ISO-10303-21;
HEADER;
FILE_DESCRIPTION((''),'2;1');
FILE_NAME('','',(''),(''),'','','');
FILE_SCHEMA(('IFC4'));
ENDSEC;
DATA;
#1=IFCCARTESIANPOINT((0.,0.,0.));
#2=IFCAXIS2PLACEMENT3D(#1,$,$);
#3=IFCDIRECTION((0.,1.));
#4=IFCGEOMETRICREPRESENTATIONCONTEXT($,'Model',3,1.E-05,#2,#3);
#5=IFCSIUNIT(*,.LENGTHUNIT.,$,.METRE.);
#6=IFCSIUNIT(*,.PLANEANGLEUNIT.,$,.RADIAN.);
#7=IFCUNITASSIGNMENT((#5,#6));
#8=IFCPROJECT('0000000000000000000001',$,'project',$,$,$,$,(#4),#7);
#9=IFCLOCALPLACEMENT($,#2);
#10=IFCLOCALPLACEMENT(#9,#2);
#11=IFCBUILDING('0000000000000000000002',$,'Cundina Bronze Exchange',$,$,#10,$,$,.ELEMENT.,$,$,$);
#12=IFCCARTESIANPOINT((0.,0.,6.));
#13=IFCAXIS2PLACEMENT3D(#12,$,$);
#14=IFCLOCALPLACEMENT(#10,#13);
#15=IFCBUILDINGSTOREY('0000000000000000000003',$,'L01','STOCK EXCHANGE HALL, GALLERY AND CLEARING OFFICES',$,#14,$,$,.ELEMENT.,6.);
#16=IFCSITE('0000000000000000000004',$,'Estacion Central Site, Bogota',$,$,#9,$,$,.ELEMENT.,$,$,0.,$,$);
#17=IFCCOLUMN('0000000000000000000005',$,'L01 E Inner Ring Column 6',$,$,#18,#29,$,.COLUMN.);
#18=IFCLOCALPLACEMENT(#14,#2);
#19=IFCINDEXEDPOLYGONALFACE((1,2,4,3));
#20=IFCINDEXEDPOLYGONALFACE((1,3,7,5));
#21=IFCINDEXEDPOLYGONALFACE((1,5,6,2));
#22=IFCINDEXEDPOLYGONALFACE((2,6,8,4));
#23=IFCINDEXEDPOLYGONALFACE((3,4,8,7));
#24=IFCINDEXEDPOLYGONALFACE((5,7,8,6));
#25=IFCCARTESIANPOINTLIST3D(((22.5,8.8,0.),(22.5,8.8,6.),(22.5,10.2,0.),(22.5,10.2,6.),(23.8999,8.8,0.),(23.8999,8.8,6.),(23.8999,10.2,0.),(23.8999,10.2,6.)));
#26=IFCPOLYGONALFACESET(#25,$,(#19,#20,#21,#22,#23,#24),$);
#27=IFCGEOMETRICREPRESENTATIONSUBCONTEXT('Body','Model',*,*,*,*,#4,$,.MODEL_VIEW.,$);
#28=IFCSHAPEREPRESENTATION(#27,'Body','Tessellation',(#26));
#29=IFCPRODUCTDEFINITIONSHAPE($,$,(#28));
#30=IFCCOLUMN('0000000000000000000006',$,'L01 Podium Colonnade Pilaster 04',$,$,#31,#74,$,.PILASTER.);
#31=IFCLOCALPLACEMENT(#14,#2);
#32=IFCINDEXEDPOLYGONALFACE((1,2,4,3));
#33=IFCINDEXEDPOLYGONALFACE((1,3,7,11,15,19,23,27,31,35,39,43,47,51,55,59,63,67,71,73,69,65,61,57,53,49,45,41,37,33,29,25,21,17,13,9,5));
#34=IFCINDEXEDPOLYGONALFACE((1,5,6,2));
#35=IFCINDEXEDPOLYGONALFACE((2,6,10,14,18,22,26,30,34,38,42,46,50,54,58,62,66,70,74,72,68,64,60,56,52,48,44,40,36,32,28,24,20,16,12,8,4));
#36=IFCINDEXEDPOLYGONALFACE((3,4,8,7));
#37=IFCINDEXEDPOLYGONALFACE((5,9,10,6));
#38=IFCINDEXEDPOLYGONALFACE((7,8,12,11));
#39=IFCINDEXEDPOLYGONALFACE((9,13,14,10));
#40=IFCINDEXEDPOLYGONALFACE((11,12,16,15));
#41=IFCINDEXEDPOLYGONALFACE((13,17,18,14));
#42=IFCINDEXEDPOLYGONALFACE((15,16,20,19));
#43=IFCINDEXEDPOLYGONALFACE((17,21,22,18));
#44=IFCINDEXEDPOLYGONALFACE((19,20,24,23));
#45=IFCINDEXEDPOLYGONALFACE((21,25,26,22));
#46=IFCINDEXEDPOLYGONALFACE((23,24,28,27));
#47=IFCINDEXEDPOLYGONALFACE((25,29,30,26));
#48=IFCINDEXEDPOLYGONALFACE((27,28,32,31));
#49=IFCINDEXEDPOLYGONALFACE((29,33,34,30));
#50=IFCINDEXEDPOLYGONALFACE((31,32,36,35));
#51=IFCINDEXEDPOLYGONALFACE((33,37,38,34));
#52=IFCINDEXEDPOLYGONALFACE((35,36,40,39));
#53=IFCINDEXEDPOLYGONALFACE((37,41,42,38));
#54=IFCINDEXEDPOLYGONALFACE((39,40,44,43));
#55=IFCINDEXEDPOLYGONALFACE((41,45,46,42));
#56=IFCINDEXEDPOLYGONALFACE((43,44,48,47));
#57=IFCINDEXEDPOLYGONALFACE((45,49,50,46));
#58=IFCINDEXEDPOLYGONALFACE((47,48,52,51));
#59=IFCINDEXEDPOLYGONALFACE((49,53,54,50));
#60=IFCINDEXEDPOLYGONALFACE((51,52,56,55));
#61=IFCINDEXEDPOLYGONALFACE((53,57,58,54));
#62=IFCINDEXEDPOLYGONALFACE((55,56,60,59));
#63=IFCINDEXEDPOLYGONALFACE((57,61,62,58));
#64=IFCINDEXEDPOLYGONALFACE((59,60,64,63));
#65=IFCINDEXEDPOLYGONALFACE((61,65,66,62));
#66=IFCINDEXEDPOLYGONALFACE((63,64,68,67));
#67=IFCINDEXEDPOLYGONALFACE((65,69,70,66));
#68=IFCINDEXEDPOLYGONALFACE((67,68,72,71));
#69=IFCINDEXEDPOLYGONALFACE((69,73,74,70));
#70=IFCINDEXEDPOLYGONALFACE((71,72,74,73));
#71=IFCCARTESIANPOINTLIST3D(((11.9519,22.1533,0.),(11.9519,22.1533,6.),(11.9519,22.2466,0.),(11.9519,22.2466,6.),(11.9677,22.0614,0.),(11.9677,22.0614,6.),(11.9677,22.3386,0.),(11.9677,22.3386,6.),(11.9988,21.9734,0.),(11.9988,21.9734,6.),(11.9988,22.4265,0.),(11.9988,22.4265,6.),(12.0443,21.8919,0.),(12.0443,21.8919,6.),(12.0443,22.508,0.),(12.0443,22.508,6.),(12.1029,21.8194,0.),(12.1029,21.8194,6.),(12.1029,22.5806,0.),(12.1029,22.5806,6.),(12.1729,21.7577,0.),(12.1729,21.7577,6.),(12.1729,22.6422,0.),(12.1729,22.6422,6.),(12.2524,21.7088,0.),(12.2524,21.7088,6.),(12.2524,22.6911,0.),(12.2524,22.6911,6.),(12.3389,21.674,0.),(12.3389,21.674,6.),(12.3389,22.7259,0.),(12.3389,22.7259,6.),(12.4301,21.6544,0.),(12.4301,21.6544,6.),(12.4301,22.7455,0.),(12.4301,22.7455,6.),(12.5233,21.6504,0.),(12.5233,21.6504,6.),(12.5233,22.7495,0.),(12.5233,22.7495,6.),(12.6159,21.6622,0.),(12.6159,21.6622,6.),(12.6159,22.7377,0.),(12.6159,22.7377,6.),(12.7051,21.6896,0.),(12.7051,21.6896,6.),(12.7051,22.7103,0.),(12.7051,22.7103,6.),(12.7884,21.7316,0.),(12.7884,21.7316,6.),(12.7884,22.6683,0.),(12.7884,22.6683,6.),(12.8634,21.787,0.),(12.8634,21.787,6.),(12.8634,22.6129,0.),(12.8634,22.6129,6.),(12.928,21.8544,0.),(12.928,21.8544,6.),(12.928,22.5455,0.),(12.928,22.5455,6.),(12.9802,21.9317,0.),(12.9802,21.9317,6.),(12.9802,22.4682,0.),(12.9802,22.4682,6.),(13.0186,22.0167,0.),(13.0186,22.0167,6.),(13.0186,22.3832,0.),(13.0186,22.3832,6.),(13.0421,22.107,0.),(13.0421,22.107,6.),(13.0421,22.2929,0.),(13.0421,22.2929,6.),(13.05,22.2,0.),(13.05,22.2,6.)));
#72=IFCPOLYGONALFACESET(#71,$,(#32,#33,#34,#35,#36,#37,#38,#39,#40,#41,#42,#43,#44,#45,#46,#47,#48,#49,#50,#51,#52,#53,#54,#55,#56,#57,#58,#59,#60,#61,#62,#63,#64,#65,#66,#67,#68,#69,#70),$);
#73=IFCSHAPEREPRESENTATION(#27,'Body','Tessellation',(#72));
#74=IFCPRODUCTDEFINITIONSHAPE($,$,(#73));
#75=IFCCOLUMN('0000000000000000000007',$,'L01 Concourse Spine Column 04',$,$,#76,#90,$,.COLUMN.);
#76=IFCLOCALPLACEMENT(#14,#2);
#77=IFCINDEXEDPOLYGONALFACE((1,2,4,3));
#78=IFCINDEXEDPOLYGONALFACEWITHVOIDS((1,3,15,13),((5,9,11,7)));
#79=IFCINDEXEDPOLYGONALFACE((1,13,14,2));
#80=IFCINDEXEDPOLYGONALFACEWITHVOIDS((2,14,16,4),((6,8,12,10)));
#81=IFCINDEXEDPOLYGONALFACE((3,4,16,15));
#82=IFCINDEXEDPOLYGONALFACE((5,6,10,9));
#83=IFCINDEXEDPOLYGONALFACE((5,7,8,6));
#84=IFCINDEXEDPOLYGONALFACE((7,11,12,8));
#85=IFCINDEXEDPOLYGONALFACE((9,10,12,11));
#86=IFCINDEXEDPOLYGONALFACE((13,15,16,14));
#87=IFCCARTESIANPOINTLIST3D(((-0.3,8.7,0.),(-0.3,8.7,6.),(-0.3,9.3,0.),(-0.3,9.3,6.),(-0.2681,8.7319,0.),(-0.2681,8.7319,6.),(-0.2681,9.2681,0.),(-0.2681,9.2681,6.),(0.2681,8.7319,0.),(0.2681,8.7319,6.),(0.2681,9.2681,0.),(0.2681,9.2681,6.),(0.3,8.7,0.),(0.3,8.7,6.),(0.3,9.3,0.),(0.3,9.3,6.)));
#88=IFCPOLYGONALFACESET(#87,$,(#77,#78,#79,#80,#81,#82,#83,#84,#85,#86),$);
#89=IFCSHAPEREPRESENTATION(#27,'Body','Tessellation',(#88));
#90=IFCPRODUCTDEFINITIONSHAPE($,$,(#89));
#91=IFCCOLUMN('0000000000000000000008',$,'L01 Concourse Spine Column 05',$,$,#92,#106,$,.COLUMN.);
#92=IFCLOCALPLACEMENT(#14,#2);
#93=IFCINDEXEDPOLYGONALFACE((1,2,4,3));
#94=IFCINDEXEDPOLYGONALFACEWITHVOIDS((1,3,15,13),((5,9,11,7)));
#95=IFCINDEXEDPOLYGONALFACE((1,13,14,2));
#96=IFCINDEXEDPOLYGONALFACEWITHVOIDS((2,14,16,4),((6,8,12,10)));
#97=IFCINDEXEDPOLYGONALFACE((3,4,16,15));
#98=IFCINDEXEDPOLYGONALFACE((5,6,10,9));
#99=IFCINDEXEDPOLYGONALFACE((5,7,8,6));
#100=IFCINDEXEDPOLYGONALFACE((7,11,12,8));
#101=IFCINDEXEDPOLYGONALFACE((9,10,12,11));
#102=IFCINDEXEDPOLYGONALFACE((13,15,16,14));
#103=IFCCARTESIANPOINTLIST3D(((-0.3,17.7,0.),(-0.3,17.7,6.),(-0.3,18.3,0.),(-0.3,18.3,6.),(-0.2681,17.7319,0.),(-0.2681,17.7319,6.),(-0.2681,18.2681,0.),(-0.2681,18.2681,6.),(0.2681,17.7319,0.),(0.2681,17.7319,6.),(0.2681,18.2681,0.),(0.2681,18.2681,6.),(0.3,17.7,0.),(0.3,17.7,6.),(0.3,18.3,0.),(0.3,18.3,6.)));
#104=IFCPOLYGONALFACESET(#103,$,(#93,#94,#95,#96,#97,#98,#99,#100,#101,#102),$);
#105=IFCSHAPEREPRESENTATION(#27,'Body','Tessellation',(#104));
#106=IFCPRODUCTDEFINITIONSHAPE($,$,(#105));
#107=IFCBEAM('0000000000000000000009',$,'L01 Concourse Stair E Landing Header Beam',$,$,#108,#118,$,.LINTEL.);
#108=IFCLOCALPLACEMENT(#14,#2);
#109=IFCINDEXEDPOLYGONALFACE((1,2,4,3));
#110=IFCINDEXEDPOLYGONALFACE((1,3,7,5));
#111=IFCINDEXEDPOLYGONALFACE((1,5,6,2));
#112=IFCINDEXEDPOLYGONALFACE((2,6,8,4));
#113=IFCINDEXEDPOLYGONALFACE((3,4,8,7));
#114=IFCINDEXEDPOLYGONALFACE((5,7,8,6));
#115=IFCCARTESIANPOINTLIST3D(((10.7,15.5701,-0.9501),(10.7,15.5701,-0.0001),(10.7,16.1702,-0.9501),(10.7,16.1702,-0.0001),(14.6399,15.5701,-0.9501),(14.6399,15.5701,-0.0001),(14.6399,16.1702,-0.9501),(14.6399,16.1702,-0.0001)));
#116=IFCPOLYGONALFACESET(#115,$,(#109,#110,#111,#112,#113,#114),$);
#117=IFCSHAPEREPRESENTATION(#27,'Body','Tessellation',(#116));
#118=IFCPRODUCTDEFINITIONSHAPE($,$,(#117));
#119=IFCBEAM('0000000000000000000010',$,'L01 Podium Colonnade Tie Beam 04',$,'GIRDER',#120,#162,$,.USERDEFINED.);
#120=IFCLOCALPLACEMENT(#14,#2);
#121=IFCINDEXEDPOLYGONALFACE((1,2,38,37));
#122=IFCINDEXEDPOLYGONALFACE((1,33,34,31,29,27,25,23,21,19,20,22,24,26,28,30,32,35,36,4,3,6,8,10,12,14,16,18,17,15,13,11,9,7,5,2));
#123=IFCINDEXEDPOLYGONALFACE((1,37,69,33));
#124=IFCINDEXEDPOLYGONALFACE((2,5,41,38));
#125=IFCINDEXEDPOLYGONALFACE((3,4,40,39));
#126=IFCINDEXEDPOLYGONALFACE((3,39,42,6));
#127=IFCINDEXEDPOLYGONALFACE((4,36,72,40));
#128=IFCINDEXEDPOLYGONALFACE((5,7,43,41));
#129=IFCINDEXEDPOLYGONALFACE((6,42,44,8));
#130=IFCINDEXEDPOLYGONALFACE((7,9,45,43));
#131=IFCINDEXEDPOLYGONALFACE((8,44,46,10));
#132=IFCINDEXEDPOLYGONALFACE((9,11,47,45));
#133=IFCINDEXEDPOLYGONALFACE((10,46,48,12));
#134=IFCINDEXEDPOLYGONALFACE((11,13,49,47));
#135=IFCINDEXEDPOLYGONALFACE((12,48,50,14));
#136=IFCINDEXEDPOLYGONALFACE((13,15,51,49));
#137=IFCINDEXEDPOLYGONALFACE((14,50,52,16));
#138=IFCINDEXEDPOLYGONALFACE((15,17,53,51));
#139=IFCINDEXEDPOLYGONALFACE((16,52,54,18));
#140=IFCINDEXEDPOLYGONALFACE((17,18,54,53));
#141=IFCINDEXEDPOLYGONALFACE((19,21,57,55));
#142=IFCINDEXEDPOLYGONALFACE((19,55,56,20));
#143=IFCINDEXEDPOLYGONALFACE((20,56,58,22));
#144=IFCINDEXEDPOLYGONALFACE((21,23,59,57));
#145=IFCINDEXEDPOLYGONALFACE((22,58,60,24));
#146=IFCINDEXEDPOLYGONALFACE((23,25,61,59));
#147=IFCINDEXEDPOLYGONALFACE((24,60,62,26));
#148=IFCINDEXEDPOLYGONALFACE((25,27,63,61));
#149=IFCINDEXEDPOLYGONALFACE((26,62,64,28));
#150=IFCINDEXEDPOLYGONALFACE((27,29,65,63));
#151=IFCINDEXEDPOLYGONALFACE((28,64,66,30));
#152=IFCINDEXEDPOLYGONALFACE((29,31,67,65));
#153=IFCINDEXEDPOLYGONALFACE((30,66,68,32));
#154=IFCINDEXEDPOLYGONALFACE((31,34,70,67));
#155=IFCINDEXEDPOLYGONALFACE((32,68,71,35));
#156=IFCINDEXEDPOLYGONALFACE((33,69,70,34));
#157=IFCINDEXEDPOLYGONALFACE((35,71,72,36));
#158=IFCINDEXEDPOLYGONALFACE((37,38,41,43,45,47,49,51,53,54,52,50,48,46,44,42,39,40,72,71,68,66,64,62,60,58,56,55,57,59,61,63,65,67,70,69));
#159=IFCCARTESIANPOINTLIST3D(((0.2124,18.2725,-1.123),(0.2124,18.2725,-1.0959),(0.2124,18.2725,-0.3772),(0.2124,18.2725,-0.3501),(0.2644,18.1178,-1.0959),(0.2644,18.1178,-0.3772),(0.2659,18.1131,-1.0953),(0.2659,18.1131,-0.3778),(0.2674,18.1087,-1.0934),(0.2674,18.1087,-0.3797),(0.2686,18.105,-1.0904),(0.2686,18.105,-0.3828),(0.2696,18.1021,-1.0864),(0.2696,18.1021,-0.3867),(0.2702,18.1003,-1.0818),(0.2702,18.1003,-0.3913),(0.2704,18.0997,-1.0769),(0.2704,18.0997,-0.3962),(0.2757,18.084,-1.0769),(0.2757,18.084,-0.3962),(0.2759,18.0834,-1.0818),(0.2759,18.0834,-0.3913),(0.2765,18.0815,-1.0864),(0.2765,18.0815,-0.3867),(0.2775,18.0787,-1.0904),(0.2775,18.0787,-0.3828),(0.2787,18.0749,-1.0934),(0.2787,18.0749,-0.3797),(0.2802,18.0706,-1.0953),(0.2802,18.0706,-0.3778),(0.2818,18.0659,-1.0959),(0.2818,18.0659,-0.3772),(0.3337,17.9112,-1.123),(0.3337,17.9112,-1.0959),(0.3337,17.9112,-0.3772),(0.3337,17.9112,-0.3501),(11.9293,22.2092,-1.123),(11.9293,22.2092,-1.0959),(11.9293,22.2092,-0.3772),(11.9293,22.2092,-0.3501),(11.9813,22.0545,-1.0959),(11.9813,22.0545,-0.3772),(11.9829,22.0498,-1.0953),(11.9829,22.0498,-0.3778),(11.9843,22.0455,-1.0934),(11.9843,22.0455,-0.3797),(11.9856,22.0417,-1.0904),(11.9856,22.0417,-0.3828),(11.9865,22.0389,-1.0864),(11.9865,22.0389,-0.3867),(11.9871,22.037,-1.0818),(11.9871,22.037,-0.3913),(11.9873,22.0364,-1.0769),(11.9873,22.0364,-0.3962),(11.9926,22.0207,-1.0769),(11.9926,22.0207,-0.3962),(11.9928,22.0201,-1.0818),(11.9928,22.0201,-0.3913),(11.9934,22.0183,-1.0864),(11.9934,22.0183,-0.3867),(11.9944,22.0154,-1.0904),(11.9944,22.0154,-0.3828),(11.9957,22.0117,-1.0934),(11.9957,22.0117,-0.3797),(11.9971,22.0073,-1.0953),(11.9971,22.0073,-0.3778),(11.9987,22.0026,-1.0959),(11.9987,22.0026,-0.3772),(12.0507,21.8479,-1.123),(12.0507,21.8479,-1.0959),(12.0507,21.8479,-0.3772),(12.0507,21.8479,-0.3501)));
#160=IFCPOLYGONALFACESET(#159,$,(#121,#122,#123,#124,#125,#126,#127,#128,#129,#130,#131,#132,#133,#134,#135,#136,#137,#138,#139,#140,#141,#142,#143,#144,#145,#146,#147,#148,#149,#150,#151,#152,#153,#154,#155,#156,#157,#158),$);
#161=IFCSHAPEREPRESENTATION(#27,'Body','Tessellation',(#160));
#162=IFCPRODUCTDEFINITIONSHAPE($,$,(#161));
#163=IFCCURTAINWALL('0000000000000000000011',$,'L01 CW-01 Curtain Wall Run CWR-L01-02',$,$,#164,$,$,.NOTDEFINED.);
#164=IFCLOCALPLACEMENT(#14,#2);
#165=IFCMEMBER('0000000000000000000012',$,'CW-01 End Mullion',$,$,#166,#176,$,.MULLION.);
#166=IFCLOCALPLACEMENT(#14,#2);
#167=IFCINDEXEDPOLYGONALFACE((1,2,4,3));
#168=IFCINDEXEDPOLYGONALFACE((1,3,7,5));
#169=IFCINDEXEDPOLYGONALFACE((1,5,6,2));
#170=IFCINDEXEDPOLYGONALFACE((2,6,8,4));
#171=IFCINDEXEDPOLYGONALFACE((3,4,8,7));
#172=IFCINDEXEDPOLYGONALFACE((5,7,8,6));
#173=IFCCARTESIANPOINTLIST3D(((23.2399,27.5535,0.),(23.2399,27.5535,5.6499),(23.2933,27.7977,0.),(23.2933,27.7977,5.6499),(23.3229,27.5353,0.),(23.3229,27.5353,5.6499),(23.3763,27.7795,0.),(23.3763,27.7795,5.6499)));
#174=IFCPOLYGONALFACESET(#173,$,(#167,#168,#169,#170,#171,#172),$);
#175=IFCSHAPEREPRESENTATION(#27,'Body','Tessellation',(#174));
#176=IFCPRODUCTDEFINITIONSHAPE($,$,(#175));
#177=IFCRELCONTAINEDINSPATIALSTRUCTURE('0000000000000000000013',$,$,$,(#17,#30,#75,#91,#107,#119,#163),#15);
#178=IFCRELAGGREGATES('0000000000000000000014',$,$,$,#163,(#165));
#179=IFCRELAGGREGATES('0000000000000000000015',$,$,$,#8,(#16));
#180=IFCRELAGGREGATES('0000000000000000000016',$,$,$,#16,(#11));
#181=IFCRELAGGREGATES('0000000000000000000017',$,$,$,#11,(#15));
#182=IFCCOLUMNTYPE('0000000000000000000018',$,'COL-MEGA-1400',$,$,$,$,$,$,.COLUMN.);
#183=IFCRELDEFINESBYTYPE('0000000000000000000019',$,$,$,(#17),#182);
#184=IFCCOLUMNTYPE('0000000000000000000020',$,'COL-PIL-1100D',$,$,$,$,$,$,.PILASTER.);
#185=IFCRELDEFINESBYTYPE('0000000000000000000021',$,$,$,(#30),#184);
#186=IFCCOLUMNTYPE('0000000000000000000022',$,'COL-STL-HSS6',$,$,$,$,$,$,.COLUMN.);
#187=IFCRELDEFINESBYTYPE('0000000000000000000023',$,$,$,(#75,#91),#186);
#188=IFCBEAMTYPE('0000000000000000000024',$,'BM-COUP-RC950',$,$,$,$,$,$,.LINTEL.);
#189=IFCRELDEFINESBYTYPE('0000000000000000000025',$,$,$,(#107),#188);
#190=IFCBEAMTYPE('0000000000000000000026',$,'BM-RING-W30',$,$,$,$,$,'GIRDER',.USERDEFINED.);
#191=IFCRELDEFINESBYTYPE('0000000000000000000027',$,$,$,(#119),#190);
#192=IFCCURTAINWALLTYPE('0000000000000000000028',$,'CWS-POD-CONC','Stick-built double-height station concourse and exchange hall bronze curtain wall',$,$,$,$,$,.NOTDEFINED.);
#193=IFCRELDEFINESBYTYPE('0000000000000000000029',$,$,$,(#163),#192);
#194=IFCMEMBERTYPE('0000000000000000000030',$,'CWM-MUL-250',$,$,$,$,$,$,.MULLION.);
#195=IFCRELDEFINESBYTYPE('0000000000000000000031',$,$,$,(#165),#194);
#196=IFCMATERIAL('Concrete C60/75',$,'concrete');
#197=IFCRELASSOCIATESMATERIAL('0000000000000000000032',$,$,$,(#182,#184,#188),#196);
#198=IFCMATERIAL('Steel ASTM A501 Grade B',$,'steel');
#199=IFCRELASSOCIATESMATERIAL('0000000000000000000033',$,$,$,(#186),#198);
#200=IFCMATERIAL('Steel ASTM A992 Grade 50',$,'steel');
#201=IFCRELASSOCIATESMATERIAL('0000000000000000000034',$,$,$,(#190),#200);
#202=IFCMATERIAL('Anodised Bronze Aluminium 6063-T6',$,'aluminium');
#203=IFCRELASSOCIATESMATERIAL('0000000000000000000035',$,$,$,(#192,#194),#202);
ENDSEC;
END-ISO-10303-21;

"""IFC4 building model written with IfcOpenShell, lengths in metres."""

from ifc_helpers import new_model, si_unit, direction, frame, origin, origin_2d, place, context, subcontext, project, spatial, rectangle, hollow_rectangle, circle, i_section, extrude, material, material_profile, profile_set, type_object, element, aggregate, save


model = new_model("IFC4")

# Units and contexts
model_context = context("Model", 3, precision=1e-05, world=origin(), true_north=direction((0.0, 1.0)))
body_context = subcontext(model_context, "Body", "Model", "MODEL_VIEW")
ifc_project = project(units=[si_unit("LENGTHUNIT", "METRE"), si_unit("PLANEANGLEUNIT", "RADIAN")], contexts=[model_context])

# Site, building, storey
site_placement = place(None, origin())
site = spatial("IfcSite", under=ifc_project, at=site_placement, Name="Estacion Central Site, Bogota", CompositionType="ELEMENT", RefElevation=0.0)
building_placement = place(site_placement, origin())
building = spatial("IfcBuilding", under=site, at=building_placement, Name="Cundina Bronze Exchange", CompositionType="ELEMENT")
storey_placement = place(building_placement, frame((0.0, 0.0, 6.0)))
storey = spatial("IfcBuildingStorey", under=building, at=storey_placement, Name="L01", Description="STOCK EXCHANGE HALL, GALLERY AND CLEARING OFFICES", CompositionType="ELEMENT", Elevation=6.0)

# Columns
ifc_material_1 = material(Name="Concrete C60/75", Category="concrete")
ifc_material_profile_1 = material_profile(ifc_material_1, rectangle(XDim=1.3999, YDim=1.3999, at=origin_2d()), Name="RC1400X1400", Category="concrete")
ifc_profile_set_1 = profile_set([ifc_material_profile_1], Name="Concrete C60/75")
column_type_1 = type_object("IfcColumnType", Name="COL-MEGA-1400", PredefinedType="COLUMN", material=ifc_profile_set_1)
column_1_placement = place(storey_placement, frame((23.2, 9.5, 0.0), z_axis=(0.0, 0.0, 1.0), x_axis=(1.0, 0.0, 0.0)))
element("IfcColumn", 1, at=column_1_placement, inside=storey, type_object=column_type_1, Name="L01 E Inner Ring Column 6", PredefinedType="COLUMN", context=body_context, shape_type="SweptSolid", body=[
    extrude(rectangle(XDim=1.3999, YDim=1.3999, at=origin_2d()), origin(), (0.0, 0.0, 1.0), 6.0),
])
ifc_material_profile_2 = material_profile(ifc_material_1, circle(Radius=0.55, at=origin_2d()), Name="RC1100D", Category="concrete")
ifc_profile_set_2 = profile_set([ifc_material_profile_2], Name="Concrete C60/75")
column_type_2 = type_object("IfcColumnType", Name="COL-PIL-1100D", PredefinedType="PILASTER", material=ifc_profile_set_2)
column_2_placement = place(storey_placement, frame((12.5, 22.2, 0.0), z_axis=(0.0, 0.0, 1.0), x_axis=(1.0, 0.0, 0.0)))
element("IfcColumn", 2, at=column_2_placement, inside=storey, type_object=column_type_2, Name="L01 Podium Colonnade Pilaster 04", PredefinedType="PILASTER", context=body_context, shape_type="SweptSolid", body=[
    extrude(circle(Radius=0.55, at=origin_2d()), origin(), (0.0, 0.0, 1.0), 6.0),
])
ifc_material_2 = material(Name="Steel ASTM A501 Grade B", Category="steel")
ifc_material_profile_3 = material_profile(ifc_material_2, hollow_rectangle(XDim=0.6001, YDim=0.6001, WallThickness=0.032, at=origin_2d()), Name="HSS600X600X32", Category="steel")
ifc_profile_set_3 = profile_set([ifc_material_profile_3], Name="Steel ASTM A501 Grade B")
column_type_3 = type_object("IfcColumnType", Name="COL-STL-HSS6", PredefinedType="COLUMN", material=ifc_profile_set_3)
for number, where, z_axis, x_axis, name in (
    (3, (0.0, 9.0, 0.0), (0.0, 0.0, 1.0), (1.0, 0.0, 0.0), "L01 Concourse Spine Column 04"),
    (4, (0.0, 18.0, 0.0), (0.0, 0.0, 1.0), (1.0, 0.0, 0.0), "L01 Concourse Spine Column 05"),
):
    element("IfcColumn", number, at=place(storey_placement, frame(where, z_axis=z_axis, x_axis=x_axis)), inside=storey, type_object=column_type_3, Name=name, PredefinedType="COLUMN", context=body_context, shape_type="SweptSolid", body=[
        extrude(hollow_rectangle(XDim=0.6001, YDim=0.6001, WallThickness=0.032, at=origin_2d()), origin(), (0.0, 0.0, 1.0), 6.0),
    ])

# Beams
ifc_material_profile_4 = material_profile(ifc_material_1, rectangle(XDim=0.6001, YDim=0.95, at=origin_2d()), Name="RC600X950", Category="concrete")
ifc_profile_set_4 = profile_set([ifc_material_profile_4], Name="Concrete C60/75")
beam_type_1 = type_object("IfcBeamType", Name="BM-COUP-RC950", PredefinedType="LINTEL", material=ifc_profile_set_4)
beam_1_placement = place(storey_placement, frame((10.7, 15.8701, -0.4751), z_axis=(1.0, 0.0, 0.0), x_axis=(0.0, 1.0, 0.0)))
element("IfcBeam", 5, at=beam_1_placement, inside=storey, type_object=beam_type_1, Name="L01 Concourse Stair E Landing Header Beam", PredefinedType="LINTEL", context=body_context, shape_type="SweptSolid", body=[
    extrude(rectangle(XDim=0.6001, YDim=0.95, at=origin_2d()), origin(), (0.0, 0.0, 1.0), 3.9399),
])
ifc_material_3 = material(Name="Steel ASTM A992 Grade 50", Category="steel")
ifc_material_profile_5 = material_profile(ifc_material_3, i_section(OverallWidth=0.3811, OverallDepth=0.7729, WebThickness=0.0166, FlangeThickness=0.0271, FilletRadius=0.019, at=origin_2d()), Name="W30X173", Category="steel")
ifc_profile_set_5 = profile_set([ifc_material_profile_5], Name="Steel ASTM A992 Grade 50")
beam_type_2 = type_object("IfcBeamType", Name="BM-RING-W30", ElementType="GIRDER", PredefinedType="USERDEFINED", material=ifc_profile_set_5)
beam_2_placement = place(storey_placement, frame((11.99, 22.0286, -0.7366), z_axis=(-0.947926, -0.31849, 0.0), x_axis=(0.31849, -0.947926, 0.0)))
element("IfcBeam", 6, at=beam_2_placement, inside=storey, type_object=beam_type_2, Name="L01 Podium Colonnade Tie Beam 04", ObjectType="GIRDER", PredefinedType="USERDEFINED", context=body_context, shape_type="SweptSolid", body=[
    extrude(i_section(OverallWidth=0.3811, OverallDepth=0.7729, WebThickness=0.0166, FlangeThickness=0.0271, FilletRadius=0.019, at=origin_2d()), origin(), (0.0, 0.0, 1.0), 12.3606),
])

# Curtain wall, member
ifc_material_4 = material(Name="Anodised Bronze Aluminium 6063-T6", Category="aluminium")
curtain_wall_type = type_object("IfcCurtainWallType", Name="CWS-POD-CONC", Description="Stick-built double-height station concourse and exchange hall bronze curtain wall", PredefinedType="NOTDEFINED", material=ifc_material_4)
curtain_wall_placement = place(storey_placement, origin())
curtain_wall = element("IfcCurtainWall", 7, at=curtain_wall_placement, inside=storey, type_object=curtain_wall_type, Name="L01 CW-01 Curtain Wall Run CWR-L01-02", PredefinedType="NOTDEFINED")
ifc_material_profile_6 = material_profile(ifc_material_4, rectangle(XDim=0.085, YDim=0.25, at=origin_2d()), Name="AL85X250", Category="aluminium")
ifc_profile_set_6 = profile_set([ifc_material_profile_6], Name="Anodised Bronze Aluminium 6063-T6")
member_type = type_object("IfcMemberType", Name="CWM-MUL-250", PredefinedType="MULLION", material=ifc_profile_set_6)
member_placement = place(storey_placement, frame((23.3081, 27.6665, 0.0), z_axis=(0.0, 0.0, 1.0), x_axis=(-0.976897, 0.213712, 0.0)))
member = element("IfcMember", 8, at=member_placement, type_object=member_type, Name="CW-01 End Mullion", PredefinedType="MULLION", context=body_context, shape_type="SweptSolid", body=[
    extrude(rectangle(XDim=0.085, YDim=0.25, at=origin_2d()), origin(), (0.0, 0.0, 1.0), 5.6499),
])
aggregate(curtain_wall, [member])

save(model, "model.ifc")
